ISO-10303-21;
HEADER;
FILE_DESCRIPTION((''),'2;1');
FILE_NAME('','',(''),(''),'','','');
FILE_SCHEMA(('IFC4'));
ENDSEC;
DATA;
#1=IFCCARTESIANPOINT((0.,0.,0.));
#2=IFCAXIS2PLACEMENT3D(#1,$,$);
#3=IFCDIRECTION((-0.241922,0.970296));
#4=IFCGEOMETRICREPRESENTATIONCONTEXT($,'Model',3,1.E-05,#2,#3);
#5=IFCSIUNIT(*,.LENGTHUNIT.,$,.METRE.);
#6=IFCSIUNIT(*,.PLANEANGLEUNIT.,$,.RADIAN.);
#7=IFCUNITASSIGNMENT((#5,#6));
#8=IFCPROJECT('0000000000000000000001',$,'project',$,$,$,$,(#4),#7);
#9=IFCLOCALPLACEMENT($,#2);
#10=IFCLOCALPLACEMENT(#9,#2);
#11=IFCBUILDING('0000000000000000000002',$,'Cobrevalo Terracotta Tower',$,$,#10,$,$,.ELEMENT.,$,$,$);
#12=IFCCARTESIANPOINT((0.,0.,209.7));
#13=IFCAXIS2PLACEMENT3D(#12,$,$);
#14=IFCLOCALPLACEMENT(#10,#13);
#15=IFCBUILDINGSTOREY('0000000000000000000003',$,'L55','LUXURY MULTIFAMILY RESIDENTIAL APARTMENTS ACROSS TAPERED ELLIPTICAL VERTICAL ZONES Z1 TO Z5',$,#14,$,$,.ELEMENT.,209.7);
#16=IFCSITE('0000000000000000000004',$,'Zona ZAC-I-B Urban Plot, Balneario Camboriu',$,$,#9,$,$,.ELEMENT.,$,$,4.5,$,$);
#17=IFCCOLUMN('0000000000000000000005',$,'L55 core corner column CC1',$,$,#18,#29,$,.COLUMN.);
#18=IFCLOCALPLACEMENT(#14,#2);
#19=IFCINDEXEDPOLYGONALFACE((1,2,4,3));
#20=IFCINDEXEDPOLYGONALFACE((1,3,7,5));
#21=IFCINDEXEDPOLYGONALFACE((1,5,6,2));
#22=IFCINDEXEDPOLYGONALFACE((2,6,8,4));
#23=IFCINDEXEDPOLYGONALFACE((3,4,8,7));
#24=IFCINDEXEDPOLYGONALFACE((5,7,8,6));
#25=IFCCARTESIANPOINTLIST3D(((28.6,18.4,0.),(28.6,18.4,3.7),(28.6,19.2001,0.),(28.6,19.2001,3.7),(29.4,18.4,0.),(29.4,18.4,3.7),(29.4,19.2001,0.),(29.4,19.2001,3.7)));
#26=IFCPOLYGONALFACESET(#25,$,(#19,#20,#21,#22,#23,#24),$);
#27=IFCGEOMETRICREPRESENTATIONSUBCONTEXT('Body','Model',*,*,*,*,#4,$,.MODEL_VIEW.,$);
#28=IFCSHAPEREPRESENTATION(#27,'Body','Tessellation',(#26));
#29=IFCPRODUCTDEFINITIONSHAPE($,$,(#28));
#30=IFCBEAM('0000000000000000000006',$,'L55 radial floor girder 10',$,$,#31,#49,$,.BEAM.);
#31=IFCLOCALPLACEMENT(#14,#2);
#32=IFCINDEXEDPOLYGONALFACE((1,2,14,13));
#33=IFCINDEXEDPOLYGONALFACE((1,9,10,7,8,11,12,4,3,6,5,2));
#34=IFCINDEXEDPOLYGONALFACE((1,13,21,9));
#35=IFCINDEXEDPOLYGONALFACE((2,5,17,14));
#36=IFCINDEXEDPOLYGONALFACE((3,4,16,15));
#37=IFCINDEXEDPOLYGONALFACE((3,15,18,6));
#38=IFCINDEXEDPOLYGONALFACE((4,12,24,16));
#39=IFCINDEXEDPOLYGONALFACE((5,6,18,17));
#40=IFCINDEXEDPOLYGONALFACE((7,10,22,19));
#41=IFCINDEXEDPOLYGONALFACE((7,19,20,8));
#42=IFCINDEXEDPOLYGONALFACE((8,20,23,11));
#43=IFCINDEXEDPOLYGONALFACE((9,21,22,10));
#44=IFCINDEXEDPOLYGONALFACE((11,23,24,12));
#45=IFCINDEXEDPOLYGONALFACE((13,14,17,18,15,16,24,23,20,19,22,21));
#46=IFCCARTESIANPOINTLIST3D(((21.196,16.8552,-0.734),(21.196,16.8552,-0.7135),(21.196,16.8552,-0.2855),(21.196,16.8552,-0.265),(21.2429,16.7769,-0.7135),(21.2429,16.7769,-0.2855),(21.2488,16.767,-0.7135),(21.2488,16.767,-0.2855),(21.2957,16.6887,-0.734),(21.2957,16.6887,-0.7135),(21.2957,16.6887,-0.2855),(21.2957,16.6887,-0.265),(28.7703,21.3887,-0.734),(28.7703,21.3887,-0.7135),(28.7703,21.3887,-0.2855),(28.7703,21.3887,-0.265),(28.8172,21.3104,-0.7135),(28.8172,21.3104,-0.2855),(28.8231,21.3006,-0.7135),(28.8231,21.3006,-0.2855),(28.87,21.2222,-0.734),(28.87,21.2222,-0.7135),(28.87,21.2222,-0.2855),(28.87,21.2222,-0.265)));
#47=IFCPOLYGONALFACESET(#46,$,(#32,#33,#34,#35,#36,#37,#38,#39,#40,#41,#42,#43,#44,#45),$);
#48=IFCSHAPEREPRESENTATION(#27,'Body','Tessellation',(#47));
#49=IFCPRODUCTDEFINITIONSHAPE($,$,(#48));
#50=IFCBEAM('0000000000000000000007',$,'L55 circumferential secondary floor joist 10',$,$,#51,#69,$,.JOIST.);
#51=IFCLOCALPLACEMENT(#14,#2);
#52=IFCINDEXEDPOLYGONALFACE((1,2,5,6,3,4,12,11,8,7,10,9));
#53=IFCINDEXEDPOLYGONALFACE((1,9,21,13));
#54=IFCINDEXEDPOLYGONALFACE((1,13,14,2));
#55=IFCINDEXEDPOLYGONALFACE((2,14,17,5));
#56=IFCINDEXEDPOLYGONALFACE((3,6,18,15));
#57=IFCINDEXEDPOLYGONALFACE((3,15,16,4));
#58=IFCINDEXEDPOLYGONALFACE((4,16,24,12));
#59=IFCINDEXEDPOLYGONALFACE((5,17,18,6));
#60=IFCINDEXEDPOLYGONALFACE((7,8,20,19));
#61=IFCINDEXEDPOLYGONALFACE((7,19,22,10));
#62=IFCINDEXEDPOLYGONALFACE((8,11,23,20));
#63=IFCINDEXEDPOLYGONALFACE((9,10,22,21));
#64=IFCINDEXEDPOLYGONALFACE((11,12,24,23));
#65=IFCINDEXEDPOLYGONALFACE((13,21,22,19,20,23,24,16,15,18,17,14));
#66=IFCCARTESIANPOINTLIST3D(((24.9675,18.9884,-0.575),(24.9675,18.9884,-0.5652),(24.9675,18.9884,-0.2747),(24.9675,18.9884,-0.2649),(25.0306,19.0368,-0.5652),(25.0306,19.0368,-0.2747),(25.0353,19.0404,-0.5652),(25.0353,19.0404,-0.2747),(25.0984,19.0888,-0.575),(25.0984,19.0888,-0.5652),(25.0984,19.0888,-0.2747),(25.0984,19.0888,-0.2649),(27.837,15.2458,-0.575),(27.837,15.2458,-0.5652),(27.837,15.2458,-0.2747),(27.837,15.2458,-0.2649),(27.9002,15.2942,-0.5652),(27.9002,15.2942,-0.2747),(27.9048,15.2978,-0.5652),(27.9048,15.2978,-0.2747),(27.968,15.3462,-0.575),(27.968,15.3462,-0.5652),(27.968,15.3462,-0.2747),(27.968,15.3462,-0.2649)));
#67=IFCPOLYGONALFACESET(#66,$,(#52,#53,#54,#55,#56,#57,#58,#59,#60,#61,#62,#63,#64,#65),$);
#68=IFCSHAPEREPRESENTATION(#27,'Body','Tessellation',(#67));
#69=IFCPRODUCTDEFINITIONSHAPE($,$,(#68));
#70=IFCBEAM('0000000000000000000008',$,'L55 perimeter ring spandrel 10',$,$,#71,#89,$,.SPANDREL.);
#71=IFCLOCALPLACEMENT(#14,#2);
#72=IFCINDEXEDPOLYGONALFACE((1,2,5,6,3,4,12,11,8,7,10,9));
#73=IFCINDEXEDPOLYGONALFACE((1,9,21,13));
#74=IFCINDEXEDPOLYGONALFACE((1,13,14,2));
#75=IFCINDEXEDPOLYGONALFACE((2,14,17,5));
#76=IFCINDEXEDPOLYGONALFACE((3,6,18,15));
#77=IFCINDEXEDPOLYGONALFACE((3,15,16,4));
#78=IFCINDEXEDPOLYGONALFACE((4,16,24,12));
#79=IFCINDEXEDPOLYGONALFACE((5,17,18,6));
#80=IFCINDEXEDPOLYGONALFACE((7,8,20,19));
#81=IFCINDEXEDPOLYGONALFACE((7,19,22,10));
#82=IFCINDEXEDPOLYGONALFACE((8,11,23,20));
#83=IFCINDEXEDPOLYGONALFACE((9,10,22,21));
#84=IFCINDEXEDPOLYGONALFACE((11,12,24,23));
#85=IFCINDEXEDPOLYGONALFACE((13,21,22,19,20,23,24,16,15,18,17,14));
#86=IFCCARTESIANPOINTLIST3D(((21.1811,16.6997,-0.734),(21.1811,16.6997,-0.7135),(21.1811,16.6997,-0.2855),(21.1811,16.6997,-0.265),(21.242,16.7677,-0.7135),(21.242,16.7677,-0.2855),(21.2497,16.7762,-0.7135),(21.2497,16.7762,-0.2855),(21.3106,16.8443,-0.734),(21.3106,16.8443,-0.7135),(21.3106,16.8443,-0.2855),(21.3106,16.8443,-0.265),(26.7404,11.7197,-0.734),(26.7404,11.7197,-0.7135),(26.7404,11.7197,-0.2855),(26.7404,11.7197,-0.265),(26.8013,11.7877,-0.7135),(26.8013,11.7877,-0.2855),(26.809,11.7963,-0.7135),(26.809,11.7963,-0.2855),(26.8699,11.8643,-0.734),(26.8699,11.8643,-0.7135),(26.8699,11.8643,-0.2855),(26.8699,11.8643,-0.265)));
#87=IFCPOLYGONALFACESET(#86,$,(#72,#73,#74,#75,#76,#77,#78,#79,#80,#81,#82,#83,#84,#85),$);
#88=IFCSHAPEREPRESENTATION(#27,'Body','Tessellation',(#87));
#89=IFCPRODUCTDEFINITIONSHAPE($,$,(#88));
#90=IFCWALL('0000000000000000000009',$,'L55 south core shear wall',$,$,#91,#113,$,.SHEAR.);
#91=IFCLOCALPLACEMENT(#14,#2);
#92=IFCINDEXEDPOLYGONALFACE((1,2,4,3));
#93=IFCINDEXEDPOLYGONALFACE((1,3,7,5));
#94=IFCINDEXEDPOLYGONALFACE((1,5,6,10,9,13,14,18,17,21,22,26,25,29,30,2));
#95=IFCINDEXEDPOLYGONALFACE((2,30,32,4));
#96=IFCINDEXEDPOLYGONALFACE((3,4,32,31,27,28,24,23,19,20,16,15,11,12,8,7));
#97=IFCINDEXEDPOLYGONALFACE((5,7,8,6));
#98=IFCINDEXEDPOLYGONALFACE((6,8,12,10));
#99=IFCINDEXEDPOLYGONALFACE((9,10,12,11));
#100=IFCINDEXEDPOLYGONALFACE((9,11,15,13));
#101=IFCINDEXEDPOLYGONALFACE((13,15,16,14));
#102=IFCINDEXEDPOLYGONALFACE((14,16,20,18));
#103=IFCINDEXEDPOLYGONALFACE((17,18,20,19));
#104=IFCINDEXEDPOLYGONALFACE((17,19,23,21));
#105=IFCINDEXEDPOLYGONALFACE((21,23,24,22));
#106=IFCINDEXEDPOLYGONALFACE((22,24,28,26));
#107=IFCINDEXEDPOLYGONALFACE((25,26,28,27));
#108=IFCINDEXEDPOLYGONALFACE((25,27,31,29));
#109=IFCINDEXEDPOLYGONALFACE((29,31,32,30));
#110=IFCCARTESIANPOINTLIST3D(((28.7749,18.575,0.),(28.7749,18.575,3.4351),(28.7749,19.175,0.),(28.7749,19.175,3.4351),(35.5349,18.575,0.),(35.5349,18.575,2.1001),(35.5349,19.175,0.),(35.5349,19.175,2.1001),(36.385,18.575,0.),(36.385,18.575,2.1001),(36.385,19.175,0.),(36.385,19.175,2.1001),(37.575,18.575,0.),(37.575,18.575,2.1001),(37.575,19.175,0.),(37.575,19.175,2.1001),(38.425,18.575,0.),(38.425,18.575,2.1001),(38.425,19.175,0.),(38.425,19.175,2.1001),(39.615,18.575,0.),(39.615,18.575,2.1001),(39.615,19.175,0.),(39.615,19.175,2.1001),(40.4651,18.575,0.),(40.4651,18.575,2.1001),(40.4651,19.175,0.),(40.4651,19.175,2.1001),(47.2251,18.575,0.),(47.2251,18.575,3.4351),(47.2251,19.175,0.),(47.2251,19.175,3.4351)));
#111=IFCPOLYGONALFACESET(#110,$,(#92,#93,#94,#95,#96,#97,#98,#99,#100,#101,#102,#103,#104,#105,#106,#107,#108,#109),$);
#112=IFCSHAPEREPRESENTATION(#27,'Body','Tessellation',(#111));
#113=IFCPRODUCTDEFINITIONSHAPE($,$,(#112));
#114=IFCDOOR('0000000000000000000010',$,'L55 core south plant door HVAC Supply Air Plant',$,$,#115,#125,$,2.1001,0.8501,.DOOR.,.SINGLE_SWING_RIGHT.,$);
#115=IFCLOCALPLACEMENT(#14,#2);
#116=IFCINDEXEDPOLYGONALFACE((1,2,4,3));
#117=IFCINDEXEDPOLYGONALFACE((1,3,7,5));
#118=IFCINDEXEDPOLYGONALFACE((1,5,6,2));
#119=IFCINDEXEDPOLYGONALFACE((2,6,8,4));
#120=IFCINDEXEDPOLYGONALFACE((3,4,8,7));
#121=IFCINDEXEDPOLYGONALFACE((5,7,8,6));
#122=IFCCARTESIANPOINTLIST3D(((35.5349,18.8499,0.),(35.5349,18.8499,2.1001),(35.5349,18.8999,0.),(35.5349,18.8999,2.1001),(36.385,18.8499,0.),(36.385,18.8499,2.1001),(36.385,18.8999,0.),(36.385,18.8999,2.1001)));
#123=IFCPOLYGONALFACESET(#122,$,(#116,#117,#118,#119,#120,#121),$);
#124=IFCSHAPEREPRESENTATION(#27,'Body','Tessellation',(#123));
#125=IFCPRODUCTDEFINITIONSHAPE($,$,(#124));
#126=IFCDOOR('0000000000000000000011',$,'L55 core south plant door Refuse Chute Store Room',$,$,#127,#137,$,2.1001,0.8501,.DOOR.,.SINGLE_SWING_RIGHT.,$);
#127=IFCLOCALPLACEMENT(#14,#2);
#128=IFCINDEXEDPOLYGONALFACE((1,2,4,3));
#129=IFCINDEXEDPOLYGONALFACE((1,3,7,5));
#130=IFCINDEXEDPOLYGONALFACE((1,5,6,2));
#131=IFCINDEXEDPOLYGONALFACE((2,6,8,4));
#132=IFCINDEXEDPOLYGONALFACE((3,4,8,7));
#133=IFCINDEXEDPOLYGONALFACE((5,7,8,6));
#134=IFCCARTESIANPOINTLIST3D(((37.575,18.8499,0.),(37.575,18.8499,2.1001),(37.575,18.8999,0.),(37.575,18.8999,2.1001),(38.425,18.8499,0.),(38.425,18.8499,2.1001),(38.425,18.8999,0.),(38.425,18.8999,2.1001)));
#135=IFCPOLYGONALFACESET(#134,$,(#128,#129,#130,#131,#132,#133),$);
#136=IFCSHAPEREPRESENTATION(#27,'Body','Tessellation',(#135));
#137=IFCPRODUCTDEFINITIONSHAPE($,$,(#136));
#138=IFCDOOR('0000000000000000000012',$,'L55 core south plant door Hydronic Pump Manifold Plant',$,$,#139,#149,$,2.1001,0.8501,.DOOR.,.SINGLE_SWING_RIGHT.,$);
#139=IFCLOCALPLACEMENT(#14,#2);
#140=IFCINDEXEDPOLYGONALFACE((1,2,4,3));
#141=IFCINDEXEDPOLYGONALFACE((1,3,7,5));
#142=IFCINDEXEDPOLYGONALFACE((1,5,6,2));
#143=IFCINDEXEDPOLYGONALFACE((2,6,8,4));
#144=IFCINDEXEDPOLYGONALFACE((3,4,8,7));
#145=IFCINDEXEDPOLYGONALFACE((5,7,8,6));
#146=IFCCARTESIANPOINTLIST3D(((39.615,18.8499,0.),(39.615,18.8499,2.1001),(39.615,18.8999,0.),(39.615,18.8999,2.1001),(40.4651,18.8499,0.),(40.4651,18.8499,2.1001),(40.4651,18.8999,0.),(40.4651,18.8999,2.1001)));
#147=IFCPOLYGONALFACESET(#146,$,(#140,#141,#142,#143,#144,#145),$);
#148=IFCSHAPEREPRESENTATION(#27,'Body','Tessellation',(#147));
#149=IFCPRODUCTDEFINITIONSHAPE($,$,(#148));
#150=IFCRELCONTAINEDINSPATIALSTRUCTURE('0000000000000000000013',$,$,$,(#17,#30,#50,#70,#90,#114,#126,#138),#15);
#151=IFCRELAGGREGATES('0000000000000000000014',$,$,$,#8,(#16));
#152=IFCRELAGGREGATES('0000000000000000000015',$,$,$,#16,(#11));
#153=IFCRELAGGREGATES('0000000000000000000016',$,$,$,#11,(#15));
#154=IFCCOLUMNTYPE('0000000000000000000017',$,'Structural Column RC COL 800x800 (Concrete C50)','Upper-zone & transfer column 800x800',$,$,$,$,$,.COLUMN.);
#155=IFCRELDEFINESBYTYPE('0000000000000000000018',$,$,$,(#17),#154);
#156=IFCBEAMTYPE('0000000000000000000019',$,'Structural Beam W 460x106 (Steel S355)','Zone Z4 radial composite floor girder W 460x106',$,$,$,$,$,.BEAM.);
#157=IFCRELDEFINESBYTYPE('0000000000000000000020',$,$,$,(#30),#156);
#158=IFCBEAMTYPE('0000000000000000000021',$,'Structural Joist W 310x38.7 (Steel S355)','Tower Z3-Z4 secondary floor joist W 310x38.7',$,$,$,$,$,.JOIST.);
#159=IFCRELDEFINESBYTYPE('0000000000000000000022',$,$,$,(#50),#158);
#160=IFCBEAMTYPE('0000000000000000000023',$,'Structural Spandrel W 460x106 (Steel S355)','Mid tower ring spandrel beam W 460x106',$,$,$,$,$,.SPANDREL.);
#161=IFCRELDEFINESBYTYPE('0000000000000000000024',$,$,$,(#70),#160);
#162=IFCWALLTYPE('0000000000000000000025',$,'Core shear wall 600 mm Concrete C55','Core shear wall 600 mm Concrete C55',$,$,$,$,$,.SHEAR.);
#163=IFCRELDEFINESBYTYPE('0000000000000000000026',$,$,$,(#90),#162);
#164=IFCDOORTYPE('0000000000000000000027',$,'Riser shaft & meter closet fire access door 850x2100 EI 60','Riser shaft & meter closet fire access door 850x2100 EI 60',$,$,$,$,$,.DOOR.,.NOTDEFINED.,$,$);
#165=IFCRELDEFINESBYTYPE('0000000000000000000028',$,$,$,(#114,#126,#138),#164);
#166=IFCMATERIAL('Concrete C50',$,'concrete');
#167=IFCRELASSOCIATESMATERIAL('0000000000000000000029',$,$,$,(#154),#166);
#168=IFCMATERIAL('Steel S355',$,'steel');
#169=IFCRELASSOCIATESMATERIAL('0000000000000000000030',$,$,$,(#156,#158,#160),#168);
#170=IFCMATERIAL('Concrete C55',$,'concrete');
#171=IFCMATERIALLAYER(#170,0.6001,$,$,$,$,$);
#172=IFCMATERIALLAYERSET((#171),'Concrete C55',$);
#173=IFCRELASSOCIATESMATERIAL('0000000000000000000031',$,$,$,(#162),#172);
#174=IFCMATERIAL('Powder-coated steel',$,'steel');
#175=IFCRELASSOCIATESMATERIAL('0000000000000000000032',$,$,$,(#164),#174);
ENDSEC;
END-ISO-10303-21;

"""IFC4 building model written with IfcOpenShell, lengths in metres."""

from ifc_helpers import new_model, si_unit, direction, frame, frame_2d, origin, origin_2d, place, context, subcontext, project, spatial, rectangle, i_section, extrude, source, transform, mapped, material, layer, layer_set, material_profile, profile_set, type_object, element, fill, save


model = new_model("IFC4")

# Units and contexts
model_context = context("Model", 3, precision=1e-05, world=origin(), true_north=direction((-0.241922, 0.970296)))
body_context = subcontext(model_context, "Body", "Model", "MODEL_VIEW")
ifc_project = project(units=[si_unit("LENGTHUNIT", "METRE"), si_unit("PLANEANGLEUNIT", "RADIAN")], contexts=[model_context])

# Site, building, storey
site_placement = place(None, origin())
site = spatial("IfcSite", under=ifc_project, at=site_placement, Name="Zona ZAC-I-B Urban Plot, Balneario Camboriu", CompositionType="ELEMENT", RefElevation=4.5)
building_placement = place(site_placement, origin())
building = spatial("IfcBuilding", under=site, at=building_placement, Name="Cobrevalo Terracotta Tower", CompositionType="ELEMENT")
storey_placement = place(building_placement, frame((0.0, 0.0, 209.7)))
storey = spatial("IfcBuildingStorey", under=building, at=storey_placement, Name="L55", Description="LUXURY MULTIFAMILY RESIDENTIAL APARTMENTS ACROSS TAPERED ELLIPTICAL VERTICAL ZONES Z1 TO Z5", CompositionType="ELEMENT", Elevation=209.7)

# Column
ifc_material_1 = material(Name="Concrete C50", Category="concrete")
ifc_material_profile_1 = material_profile(ifc_material_1, rectangle(XDim=0.8, YDim=0.8, at=origin_2d()), Name="RC COL 800x800")
ifc_profile_set_1 = profile_set([ifc_material_profile_1], Name="Concrete C50")
column_type = type_object("IfcColumnType", Name="Structural Column RC COL 800x800 (Concrete C50)", Description="Upper-zone & transfer column 800x800", PredefinedType="COLUMN", material=ifc_profile_set_1)
column_placement = place(storey_placement, frame((29.0, 18.8, 0.0), z_axis=(0.0, 0.0, 1.0), x_axis=(1.0, 0.0, 0.0)))
element("IfcColumn", 1, at=column_placement, inside=storey, type_object=column_type, Name="L55 core corner column CC1", PredefinedType="COLUMN", context=body_context, shape_type="SweptSolid", body=[
    extrude(rectangle(XDim=0.8, YDim=0.8, at=origin_2d()), origin(), (0.0, 0.0, 1.0), 3.7),
])

# Beams
ifc_material_2 = material(Name="Steel S355", Category="steel")
ifc_material_profile_2 = material_profile(ifc_material_2, i_section(OverallWidth=0.1941, OverallDepth=0.469, WebThickness=0.0115, FlangeThickness=0.0205, at=origin_2d()), Name="W 460x106")
ifc_profile_set_2 = profile_set([ifc_material_profile_2], Name="Steel S355")
beam_type_1 = type_object("IfcBeamType", Name="Structural Beam W 460x106 (Steel S355)", Description="Zone Z4 radial composite floor girder W 460x106", PredefinedType="BEAM", material=ifc_profile_set_2)
beam_1_placement = place(storey_placement, frame((21.2458, 16.772, -0.4995), z_axis=(0.858046, 0.513572, 0.0), x_axis=(-0.513572, 0.858046, 0.0)))
element("IfcBeam", 2, at=beam_1_placement, inside=storey, type_object=beam_type_1, Name="L55 radial floor girder 10", PredefinedType="BEAM", context=body_context, shape_type="SweptSolid", body=[
    extrude(i_section(OverallWidth=0.1941, OverallDepth=0.469, WebThickness=0.0115, FlangeThickness=0.0205, at=origin_2d()), origin(), (0.0, 0.0, 1.0), 8.8274),
])
ifc_material_profile_3 = material_profile(ifc_material_2, i_section(OverallWidth=0.165, OverallDepth=0.3101, WebThickness=0.0059, FlangeThickness=0.0098, at=origin_2d()), Name="W 310x38.7")
ifc_profile_set_3 = profile_set([ifc_material_profile_3], Name="Steel S355")
beam_type_2 = type_object("IfcBeamType", Name="Structural Joist W 310x38.7 (Steel S355)", Description="Tower Z3-Z4 secondary floor joist W 310x38.7", PredefinedType="JOIST", material=ifc_profile_set_3)
beam_2_placement = place(storey_placement, frame((25.033, 19.0386, -0.4199), z_axis=(0.608464, -0.793581, 0.0), x_axis=(0.793581, 0.608464, 0.0)))
element("IfcBeam", 3, at=beam_2_placement, inside=storey, type_object=beam_type_2, Name="L55 circumferential secondary floor joist 10", PredefinedType="JOIST", context=body_context, shape_type="SweptSolid", body=[
    extrude(i_section(OverallWidth=0.165, OverallDepth=0.3101, WebThickness=0.0059, FlangeThickness=0.0098, at=origin_2d()), origin(), (0.0, 0.0, 1.0), 4.7161),
])
ifc_material_profile_4 = material_profile(ifc_material_2, i_section(OverallWidth=0.1941, OverallDepth=0.469, WebThickness=0.0115, FlangeThickness=0.0205, at=origin_2d()), Name="W 460x106")
ifc_profile_set_4 = profile_set([ifc_material_profile_4], Name="Steel S355")
beam_type_3 = type_object("IfcBeamType", Name="Structural Spandrel W 460x106 (Steel S355)", Description="Mid tower ring spandrel beam W 460x106", PredefinedType="SPANDREL", material=ifc_profile_set_4)
beam_3_placement = place(storey_placement, frame((21.2458, 16.772, -0.4995), z_axis=(0.744852, -0.66723, 0.0), x_axis=(0.66723, 0.744852, 0.0)))
element("IfcBeam", 4, at=beam_3_placement, inside=storey, type_object=beam_type_3, Name="L55 perimeter ring spandrel 10", PredefinedType="SPANDREL", context=body_context, shape_type="SweptSolid", body=[
    extrude(i_section(OverallWidth=0.1941, OverallDepth=0.469, WebThickness=0.0115, FlangeThickness=0.0205, at=origin_2d()), origin(), (0.0, 0.0, 1.0), 7.4636),
])

# Wall, openings, doors
ifc_material_3 = material(Name="Concrete C55", Category="concrete")
ifc_layer_1 = layer(ifc_material_3, 0.6001)
ifc_layer_set_1 = layer_set([ifc_layer_1], Name="Concrete C55")
wall_type_1 = type_object("IfcWallType", Name="Core shear wall 600 mm Concrete C55", Description="Core shear wall 600 mm Concrete C55", PredefinedType="SHEAR", material=ifc_layer_set_1)
wall_1_placement = place(storey_placement, frame((28.7749, 18.875, 0.0), z_axis=(0.0, 0.0, 1.0), x_axis=(1.0, 0.0, 0.0)))
wall_1 = element("IfcWall", 5, at=wall_1_placement, inside=storey, type_object=wall_type_1, Name="L55 south core shear wall", PredefinedType="SHEAR", context=body_context, shape_type="SweptSolid", body=[
    extrude(rectangle(XDim=18.4502, YDim=0.6001, at=frame_2d((9.2251, 0.0))), origin(), (0.0, 0.0, 1.0), 3.4351),
])
opening_1_placement = place(wall_1_placement, frame((6.76, 0.0, 0.0)))
opening_1 = element("IfcOpeningElement", 6, at=opening_1_placement, cuts=wall_1, PredefinedType="OPENING", context=body_context, shape_type="SweptSolid", body=[
    extrude(rectangle(XDim=0.8501, YDim=2.1001, at=frame_2d((0.425, 1.05))), frame((0.0, 0.3101, 0.0), z_axis=(0.0, -1.0, 0.0), x_axis=(1.0, 0.0, 0.0)), (0.0, 0.0, 1.0), 0.6201),
])
opening_2_placement = place(wall_1_placement, frame((8.8, 0.0, 0.0)))
opening_2 = element("IfcOpeningElement", 7, at=opening_2_placement, cuts=wall_1, PredefinedType="OPENING", context=body_context, shape_type="SweptSolid", body=[
    extrude(rectangle(XDim=0.8501, YDim=2.1001, at=frame_2d((0.425, 1.05))), frame((0.0, 0.3101, 0.0), z_axis=(0.0, -1.0, 0.0), x_axis=(1.0, 0.0, 0.0)), (0.0, 0.0, 1.0), 0.6201),
])
opening_3_placement = place(wall_1_placement, frame((10.8401, 0.0, 0.0)))
opening_3 = element("IfcOpeningElement", 8, at=opening_3_placement, cuts=wall_1, PredefinedType="OPENING", context=body_context, shape_type="SweptSolid", body=[
    extrude(rectangle(XDim=0.8501, YDim=2.1001, at=frame_2d((0.425, 1.05))), frame((0.0, 0.3101, 0.0), z_axis=(0.0, -1.0, 0.0), x_axis=(1.0, 0.0, 0.0)), (0.0, 0.0, 1.0), 0.6201),
])
ifc_material_4 = material(Name="Powder-coated steel", Category="steel")
door_type_1 = type_object("IfcDoorType", Name="Riser shaft & meter closet fire access door 850x2100 EI 60", Description="Riser shaft & meter closet fire access door 850x2100 EI 60", OperationType="NOTDEFINED", PredefinedType="DOOR", material=ifc_material_4)
shared_shape_1 = source(origin(), body_context, "Body", "SweptSolid", [
    extrude(rectangle(XDim=0.8501, YDim=2.1001, at=frame_2d((0.425, 1.05))), frame((0.0, 0.0249, 0.0), z_axis=(0.0, -1.0, 0.0), x_axis=(1.0, 0.0, 0.0)), (0.0, 0.0, 1.0), 0.05),
])
door_1_placement = place(opening_1_placement, origin())
door_1 = element("IfcDoor", 9, at=door_1_placement, inside=storey, type_object=door_type_1, Name="L55 core south plant door HVAC Supply Air Plant", OperationType="SINGLE_SWING_RIGHT", OverallHeight=2.1001, OverallWidth=0.8501, PredefinedType="DOOR", context=body_context, shape_type="MappedRepresentation", body=[
    mapped(shared_shape_1, transform((0.0, 0.0, 0.0), scale=1.0)),
])
fill(opening_1, door_1)
door_2_placement = place(opening_2_placement, origin())
door_2 = element("IfcDoor", 10, at=door_2_placement, inside=storey, type_object=door_type_1, Name="L55 core south plant door Refuse Chute Store Room", OperationType="SINGLE_SWING_RIGHT", OverallHeight=2.1001, OverallWidth=0.8501, PredefinedType="DOOR", context=body_context, shape_type="MappedRepresentation", body=[
    mapped(shared_shape_1, transform((0.0, 0.0, 0.0), scale=1.0)),
])
fill(opening_2, door_2)
door_3_placement = place(opening_3_placement, origin())
door_3 = element("IfcDoor", 11, at=door_3_placement, inside=storey, type_object=door_type_1, Name="L55 core south plant door Hydronic Pump Manifold Plant", OperationType="SINGLE_SWING_RIGHT", OverallHeight=2.1001, OverallWidth=0.8501, PredefinedType="DOOR", context=body_context, shape_type="MappedRepresentation", body=[
    mapped(shared_shape_1, transform((0.0, 0.0, 0.0), scale=1.0)),
])
fill(opening_3, door_3)

save(model, "model.ifc")
